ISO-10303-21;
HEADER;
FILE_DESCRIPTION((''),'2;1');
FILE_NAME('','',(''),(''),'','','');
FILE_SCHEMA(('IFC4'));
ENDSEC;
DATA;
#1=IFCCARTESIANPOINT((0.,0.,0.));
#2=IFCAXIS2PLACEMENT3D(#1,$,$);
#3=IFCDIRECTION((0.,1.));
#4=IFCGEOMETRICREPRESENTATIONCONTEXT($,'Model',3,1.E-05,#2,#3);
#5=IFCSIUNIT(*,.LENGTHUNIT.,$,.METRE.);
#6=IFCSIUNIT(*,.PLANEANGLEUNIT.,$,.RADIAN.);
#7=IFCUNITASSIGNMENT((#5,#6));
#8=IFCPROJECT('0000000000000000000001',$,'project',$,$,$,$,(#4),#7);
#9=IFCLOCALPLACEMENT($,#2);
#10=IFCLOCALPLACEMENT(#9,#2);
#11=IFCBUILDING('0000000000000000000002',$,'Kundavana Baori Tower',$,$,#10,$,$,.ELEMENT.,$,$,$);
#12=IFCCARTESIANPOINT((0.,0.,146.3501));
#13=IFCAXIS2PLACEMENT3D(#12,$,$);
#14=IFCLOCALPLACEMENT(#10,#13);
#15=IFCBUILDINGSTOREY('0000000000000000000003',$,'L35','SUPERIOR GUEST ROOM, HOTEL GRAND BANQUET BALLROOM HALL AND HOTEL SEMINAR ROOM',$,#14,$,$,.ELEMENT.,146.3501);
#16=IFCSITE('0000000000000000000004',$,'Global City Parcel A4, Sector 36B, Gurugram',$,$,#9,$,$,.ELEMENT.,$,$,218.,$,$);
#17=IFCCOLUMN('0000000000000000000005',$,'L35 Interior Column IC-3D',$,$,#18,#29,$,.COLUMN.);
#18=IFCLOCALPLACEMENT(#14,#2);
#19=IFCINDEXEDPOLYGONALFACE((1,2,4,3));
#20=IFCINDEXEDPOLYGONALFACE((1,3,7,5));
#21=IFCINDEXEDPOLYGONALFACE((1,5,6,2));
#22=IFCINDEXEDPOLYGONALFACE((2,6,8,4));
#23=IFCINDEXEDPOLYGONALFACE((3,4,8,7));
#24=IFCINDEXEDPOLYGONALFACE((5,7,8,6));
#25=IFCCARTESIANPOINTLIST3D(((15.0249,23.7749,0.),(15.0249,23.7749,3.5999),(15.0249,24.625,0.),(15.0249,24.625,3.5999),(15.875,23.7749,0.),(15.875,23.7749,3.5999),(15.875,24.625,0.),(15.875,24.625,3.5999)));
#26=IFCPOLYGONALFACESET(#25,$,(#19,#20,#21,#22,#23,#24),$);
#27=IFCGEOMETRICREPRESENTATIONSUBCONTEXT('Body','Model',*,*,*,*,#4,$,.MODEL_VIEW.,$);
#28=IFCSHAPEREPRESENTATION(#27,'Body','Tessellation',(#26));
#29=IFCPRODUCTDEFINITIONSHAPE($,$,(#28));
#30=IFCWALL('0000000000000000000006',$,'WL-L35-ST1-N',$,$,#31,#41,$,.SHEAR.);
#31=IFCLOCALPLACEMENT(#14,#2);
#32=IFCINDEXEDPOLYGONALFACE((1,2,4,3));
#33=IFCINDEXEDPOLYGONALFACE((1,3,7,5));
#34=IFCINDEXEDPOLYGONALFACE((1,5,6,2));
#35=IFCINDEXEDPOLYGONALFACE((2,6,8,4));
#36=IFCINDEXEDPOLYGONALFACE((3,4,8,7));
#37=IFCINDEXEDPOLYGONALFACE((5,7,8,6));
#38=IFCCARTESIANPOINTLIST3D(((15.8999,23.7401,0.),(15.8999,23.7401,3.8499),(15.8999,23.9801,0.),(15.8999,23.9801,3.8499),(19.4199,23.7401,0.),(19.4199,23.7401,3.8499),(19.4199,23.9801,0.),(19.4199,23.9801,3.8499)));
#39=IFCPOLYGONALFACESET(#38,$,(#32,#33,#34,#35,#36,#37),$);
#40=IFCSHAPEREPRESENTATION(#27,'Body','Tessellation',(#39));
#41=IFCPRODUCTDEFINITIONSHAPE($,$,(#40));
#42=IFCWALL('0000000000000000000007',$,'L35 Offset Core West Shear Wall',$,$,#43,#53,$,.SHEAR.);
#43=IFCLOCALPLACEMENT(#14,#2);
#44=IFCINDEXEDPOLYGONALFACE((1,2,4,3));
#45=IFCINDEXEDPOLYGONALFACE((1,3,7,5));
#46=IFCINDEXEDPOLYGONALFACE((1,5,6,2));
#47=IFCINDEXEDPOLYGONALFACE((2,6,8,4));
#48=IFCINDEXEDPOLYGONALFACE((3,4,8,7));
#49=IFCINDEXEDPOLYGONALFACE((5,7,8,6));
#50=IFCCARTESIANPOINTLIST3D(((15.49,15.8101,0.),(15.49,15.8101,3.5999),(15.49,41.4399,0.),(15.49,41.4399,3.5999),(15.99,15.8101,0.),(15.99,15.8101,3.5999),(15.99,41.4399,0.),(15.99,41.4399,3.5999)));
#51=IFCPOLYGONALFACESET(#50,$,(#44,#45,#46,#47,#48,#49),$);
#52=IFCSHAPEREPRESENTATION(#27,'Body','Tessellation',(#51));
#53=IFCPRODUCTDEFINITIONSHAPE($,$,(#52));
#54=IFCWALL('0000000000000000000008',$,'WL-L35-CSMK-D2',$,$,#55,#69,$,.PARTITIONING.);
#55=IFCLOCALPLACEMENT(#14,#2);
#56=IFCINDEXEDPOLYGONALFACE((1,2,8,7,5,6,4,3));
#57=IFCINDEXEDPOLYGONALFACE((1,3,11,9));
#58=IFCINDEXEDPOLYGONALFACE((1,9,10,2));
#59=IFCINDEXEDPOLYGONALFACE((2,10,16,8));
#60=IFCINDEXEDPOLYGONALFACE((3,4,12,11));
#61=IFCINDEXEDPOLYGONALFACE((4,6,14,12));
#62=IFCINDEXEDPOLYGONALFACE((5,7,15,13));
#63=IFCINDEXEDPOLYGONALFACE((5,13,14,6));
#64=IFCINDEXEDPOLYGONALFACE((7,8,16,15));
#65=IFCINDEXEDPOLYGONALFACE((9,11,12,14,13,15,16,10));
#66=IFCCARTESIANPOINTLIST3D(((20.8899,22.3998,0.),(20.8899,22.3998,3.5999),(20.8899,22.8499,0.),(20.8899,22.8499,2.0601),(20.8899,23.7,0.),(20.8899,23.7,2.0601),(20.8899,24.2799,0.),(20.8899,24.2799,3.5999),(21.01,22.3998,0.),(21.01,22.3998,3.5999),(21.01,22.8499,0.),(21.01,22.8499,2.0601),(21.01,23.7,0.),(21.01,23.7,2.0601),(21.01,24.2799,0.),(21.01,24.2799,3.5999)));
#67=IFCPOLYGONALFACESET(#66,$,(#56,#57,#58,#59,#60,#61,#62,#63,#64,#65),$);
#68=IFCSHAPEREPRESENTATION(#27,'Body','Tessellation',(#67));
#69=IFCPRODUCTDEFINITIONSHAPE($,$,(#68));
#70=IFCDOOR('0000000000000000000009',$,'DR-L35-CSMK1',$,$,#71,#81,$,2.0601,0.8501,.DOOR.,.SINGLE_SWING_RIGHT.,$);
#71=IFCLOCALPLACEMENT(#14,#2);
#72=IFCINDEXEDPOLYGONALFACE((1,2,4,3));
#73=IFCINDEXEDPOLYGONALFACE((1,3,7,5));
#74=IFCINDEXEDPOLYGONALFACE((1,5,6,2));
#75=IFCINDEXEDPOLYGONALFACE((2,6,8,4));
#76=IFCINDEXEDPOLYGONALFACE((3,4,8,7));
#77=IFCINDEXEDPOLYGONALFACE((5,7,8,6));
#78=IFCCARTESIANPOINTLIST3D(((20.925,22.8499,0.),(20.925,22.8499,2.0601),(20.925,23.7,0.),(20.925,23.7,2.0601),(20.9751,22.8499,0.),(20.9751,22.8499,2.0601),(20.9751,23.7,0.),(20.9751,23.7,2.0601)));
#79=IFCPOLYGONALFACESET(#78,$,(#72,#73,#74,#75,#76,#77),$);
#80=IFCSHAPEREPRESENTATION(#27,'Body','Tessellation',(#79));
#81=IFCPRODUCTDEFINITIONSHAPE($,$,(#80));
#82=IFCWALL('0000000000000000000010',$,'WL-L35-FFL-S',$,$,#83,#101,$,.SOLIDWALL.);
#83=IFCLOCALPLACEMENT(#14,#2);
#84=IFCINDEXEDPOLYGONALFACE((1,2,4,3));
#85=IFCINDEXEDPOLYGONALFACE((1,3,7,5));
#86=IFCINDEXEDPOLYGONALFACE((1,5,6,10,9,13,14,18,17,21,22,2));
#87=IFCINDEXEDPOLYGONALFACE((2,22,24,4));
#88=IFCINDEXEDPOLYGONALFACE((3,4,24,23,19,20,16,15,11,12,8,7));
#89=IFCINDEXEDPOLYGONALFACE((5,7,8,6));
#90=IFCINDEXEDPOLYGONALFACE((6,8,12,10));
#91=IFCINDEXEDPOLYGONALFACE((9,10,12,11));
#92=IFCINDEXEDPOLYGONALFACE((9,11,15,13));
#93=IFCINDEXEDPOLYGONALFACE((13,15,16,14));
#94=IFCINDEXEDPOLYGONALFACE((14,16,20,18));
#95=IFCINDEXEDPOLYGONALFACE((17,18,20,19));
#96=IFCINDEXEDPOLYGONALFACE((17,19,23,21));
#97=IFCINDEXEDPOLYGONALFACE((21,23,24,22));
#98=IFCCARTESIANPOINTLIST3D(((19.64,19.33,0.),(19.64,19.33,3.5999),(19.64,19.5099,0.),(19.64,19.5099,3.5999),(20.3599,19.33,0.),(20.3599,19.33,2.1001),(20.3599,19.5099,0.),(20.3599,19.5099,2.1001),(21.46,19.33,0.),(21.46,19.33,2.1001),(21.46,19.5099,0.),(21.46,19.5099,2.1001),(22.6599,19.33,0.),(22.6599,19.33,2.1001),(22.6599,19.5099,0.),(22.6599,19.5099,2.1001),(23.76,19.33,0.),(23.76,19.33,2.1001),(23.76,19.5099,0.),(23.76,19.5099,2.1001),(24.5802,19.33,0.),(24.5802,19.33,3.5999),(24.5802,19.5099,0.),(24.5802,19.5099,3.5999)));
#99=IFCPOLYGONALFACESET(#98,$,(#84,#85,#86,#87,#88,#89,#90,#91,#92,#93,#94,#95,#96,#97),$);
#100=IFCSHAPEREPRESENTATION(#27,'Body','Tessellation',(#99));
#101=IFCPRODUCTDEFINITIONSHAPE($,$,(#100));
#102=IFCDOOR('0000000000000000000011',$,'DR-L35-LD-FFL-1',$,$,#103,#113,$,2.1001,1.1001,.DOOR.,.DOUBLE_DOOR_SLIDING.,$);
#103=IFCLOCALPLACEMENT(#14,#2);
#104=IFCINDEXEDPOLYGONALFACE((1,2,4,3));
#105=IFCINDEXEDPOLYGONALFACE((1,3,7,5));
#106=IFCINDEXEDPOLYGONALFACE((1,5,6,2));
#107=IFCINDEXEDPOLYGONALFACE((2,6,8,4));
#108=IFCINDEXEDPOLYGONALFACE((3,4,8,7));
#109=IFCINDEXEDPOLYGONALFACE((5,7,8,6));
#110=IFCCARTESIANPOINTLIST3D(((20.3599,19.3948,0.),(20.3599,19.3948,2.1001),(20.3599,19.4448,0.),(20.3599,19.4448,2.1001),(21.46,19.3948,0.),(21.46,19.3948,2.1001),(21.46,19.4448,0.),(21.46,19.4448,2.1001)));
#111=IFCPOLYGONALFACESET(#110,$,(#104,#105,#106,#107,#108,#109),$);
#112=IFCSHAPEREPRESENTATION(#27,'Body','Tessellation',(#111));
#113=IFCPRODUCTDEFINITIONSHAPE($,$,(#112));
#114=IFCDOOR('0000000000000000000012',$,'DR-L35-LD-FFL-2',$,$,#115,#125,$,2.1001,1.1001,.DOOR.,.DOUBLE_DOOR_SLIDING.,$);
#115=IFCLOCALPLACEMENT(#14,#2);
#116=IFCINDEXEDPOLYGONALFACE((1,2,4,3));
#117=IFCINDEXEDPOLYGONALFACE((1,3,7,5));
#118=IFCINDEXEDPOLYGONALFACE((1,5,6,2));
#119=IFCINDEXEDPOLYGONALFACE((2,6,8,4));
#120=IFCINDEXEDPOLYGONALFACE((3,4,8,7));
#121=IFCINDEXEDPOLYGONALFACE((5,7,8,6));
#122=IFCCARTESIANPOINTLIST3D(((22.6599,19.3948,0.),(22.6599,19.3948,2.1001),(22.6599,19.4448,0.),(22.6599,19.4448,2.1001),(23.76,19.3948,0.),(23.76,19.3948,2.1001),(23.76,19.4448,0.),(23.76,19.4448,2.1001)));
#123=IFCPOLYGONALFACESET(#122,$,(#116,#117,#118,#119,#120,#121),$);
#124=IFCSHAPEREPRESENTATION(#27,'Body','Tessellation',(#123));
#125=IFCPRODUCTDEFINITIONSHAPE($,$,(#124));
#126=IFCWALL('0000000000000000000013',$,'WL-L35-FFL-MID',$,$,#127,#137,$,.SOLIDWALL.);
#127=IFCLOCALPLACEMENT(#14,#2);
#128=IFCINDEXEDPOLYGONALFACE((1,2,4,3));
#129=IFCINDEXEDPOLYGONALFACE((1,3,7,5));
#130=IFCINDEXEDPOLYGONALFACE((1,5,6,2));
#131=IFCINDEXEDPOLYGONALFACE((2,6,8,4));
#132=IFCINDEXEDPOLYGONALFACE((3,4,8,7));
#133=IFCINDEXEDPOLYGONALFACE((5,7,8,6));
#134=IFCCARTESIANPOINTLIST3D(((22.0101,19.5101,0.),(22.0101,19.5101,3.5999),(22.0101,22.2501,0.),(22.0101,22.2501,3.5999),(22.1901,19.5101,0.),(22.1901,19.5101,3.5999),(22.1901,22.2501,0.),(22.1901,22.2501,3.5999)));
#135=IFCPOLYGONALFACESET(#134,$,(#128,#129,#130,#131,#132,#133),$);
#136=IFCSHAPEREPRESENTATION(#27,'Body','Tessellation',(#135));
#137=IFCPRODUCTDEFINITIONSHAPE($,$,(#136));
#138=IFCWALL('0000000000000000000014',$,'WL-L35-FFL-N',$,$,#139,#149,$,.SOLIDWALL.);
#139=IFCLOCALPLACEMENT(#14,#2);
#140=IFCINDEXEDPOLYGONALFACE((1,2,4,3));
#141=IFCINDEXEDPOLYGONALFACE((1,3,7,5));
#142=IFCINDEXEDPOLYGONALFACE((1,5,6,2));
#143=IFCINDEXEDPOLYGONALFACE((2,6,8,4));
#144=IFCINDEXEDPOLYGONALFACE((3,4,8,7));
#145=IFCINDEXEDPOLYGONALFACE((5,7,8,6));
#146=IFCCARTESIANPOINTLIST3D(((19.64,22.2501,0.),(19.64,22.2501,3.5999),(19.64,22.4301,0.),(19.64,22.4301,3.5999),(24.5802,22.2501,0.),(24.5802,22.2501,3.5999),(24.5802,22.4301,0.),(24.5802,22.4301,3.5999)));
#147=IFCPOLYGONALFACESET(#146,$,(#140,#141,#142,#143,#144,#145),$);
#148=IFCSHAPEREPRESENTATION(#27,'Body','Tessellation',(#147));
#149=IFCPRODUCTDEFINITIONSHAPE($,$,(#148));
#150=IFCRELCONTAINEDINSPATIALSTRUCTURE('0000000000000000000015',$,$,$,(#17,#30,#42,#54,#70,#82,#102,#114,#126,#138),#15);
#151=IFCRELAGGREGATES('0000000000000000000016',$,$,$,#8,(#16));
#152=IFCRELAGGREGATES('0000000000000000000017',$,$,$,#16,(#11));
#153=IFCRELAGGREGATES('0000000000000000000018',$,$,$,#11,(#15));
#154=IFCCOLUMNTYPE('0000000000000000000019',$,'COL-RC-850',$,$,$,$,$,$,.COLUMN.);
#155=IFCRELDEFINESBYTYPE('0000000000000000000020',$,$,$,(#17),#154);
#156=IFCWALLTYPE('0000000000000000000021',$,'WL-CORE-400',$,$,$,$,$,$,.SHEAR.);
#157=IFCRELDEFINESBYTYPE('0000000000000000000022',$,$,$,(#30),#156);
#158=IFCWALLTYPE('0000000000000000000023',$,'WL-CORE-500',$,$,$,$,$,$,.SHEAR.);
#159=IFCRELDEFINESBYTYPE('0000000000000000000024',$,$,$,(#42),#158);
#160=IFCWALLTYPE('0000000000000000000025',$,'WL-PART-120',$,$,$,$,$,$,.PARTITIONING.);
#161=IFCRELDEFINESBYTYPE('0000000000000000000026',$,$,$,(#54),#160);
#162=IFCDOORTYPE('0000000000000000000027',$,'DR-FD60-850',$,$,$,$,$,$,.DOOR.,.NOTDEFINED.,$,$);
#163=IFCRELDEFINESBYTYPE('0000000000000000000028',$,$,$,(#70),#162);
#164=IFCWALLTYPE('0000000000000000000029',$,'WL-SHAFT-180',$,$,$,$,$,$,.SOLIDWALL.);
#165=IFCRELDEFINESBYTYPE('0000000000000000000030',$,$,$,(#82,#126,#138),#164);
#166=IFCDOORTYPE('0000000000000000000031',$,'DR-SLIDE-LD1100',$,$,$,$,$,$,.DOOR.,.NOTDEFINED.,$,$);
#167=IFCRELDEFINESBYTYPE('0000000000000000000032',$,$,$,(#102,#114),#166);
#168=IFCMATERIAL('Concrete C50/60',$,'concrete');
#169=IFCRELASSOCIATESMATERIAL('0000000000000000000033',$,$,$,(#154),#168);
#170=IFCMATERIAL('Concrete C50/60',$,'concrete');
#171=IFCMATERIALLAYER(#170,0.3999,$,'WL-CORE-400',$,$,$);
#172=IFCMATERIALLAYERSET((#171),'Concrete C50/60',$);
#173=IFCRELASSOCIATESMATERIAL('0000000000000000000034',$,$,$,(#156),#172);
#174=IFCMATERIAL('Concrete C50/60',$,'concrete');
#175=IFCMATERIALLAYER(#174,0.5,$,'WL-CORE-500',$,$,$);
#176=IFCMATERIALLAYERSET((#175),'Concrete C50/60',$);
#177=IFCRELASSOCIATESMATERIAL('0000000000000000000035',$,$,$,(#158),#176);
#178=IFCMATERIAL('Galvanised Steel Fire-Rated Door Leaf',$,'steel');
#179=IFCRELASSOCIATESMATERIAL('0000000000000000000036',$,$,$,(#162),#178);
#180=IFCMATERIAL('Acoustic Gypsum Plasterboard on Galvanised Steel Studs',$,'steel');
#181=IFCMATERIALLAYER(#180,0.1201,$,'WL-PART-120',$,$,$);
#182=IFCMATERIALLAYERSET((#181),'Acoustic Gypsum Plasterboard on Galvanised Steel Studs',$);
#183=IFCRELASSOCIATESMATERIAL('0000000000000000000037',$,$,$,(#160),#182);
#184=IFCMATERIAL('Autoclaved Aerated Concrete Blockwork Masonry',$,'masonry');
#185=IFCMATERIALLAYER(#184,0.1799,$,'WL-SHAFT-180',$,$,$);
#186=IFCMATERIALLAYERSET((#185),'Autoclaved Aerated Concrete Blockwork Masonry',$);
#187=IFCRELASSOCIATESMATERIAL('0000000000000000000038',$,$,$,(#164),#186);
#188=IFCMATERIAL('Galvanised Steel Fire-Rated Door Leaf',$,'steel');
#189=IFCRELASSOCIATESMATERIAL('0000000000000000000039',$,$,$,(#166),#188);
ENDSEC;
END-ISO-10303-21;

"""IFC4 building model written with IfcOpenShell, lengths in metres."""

from ifc_helpers import new_model, si_unit, direction, frame, frame_2d, origin, origin_2d, place, context, subcontext, project, spatial, rectangle, extrude, material, layer, layer_set, material_profile, profile_set, type_object, element, fill, save


model = new_model("IFC4")

# Units and contexts
model_context = context("Model", 3, precision=1e-05, world=origin(), true_north=direction((0.0, 1.0)))
body_context = subcontext(model_context, "Body", "Model", "MODEL_VIEW")
ifc_project = project(units=[si_unit("LENGTHUNIT", "METRE"), si_unit("PLANEANGLEUNIT", "RADIAN")], contexts=[model_context])

# Site, building, storey
site_placement = place(None, origin())
site = spatial("IfcSite", under=ifc_project, at=site_placement, Name="Global City Parcel A4, Sector 36B, Gurugram", CompositionType="ELEMENT", RefElevation=218.0)
building_placement = place(site_placement, origin())
building = spatial("IfcBuilding", under=site, at=building_placement, Name="Kundavana Baori Tower", CompositionType="ELEMENT")
storey_placement = place(building_placement, frame((0.0, 0.0, 146.3501)))
storey = spatial("IfcBuildingStorey", under=building, at=storey_placement, Name="L35", Description="SUPERIOR GUEST ROOM, HOTEL GRAND BANQUET BALLROOM HALL AND HOTEL SEMINAR ROOM", CompositionType="ELEMENT", Elevation=146.3501)

# Column
ifc_material_1 = material(Name="Concrete C50/60", Category="concrete")
ifc_material_profile = material_profile(ifc_material_1, rectangle(XDim=0.8501, YDim=0.8501, at=origin_2d()), Name="RC 850x850")
ifc_profile_set = profile_set([ifc_material_profile], Name="Concrete C50/60")
column_type = type_object("IfcColumnType", Name="COL-RC-850", PredefinedType="COLUMN", material=ifc_profile_set)
column_placement = place(storey_placement, frame((15.45, 24.2, 0.0), z_axis=(0.0, 0.0, 1.0), x_axis=(1.0, 0.0, 0.0)))
element("IfcColumn", 1, at=column_placement, inside=storey, type_object=column_type, Name="L35 Interior Column IC-3D", PredefinedType="COLUMN", context=body_context, shape_type="SweptSolid", body=[
    extrude(rectangle(XDim=0.8501, YDim=0.8501, at=origin_2d()), origin(), (0.0, 0.0, 1.0), 3.5999),
])

# Walls
ifc_material_2 = material(Name="Concrete C50/60", Category="concrete")
ifc_layer_1 = layer(ifc_material_2, 0.3999, Name="WL-CORE-400")
ifc_layer_set_1 = layer_set([ifc_layer_1], Name="Concrete C50/60")
wall_type_1 = type_object("IfcWallType", Name="WL-CORE-400", PredefinedType="SHEAR", material=ifc_layer_set_1)
wall_1_placement = place(storey_placement, frame((15.8999, 23.8601, 0.0), z_axis=(0.0, 0.0, 1.0), x_axis=(1.0, 0.0, 0.0)))
element("IfcWall", 2, at=wall_1_placement, inside=storey, type_object=wall_type_1, Name="WL-L35-ST1-N", PredefinedType="SHEAR", context=body_context, shape_type="SweptSolid", body=[
    extrude(rectangle(XDim=3.52, YDim=0.24, at=frame_2d((1.76, 0.0))), origin(), (0.0, 0.0, 1.0), 3.8499),
])
ifc_material_3 = material(Name="Concrete C50/60", Category="concrete")
ifc_layer_2 = layer(ifc_material_3, 0.5, Name="WL-CORE-500")
ifc_layer_set_2 = layer_set([ifc_layer_2], Name="Concrete C50/60")
wall_type_2 = type_object("IfcWallType", Name="WL-CORE-500", PredefinedType="SHEAR", material=ifc_layer_set_2)
wall_2_placement = place(storey_placement, frame((15.74, 15.8101, 0.0), z_axis=(0.0, 0.0, 1.0), x_axis=(0.0, 1.0, 0.0)))
element("IfcWall", 3, at=wall_2_placement, inside=storey, type_object=wall_type_2, Name="L35 Offset Core West Shear Wall", PredefinedType="SHEAR", context=body_context, shape_type="SweptSolid", body=[
    extrude(rectangle(XDim=25.6299, YDim=0.5, at=frame_2d((12.8149, 0.0))), origin(), (0.0, 0.0, 1.0), 3.5999),
])

# Shared definitions
ifc_material_4 = material(Name="Galvanised Steel Fire-Rated Door Leaf", Category="steel")
door_type_1 = type_object("IfcDoorType", Name="DR-FD60-850", OperationType="NOTDEFINED", PredefinedType="DOOR", material=ifc_material_4)

# Wall, opening, door
ifc_material_5 = material(Name="Acoustic Gypsum Plasterboard on Galvanised Steel Studs", Category="steel")
ifc_layer_3 = layer(ifc_material_5, 0.1201, Name="WL-PART-120")
ifc_layer_set_3 = layer_set([ifc_layer_3], Name="Acoustic Gypsum Plasterboard on Galvanised Steel Studs")
wall_type_3 = type_object("IfcWallType", Name="WL-PART-120", PredefinedType="PARTITIONING", material=ifc_layer_set_3)
wall_3_placement = place(storey_placement, frame((20.95, 22.3999, 0.0), z_axis=(0.0, 0.0, 1.0), x_axis=(0.0, 1.0, 0.0)))
wall_3 = element("IfcWall", 4, at=wall_3_placement, inside=storey, type_object=wall_type_3, Name="WL-L35-CSMK-D2", PredefinedType="PARTITIONING", context=body_context, shape_type="SweptSolid", body=[
    extrude(rectangle(XDim=1.8801, YDim=0.1201, at=frame_2d((0.9399, 0.0))), origin(), (0.0, 0.0, 1.0), 3.5999),
])
opening_1_placement = place(wall_3_placement, frame((0.45, 0.0, 0.0)))
opening_1 = element("IfcOpeningElement", 5, at=opening_1_placement, cuts=wall_3, PredefinedType="OPENING", context=body_context, shape_type="SweptSolid", body=[
    extrude(rectangle(XDim=0.8501, YDim=2.0601, at=frame_2d((0.425, 1.03))), frame((0.0, 0.0701, 0.0), z_axis=(0.0, -1.0, 0.0), x_axis=(1.0, 0.0, 0.0)), (0.0, 0.0, 1.0), 0.1401),
])
door_1_placement = place(opening_1_placement, origin())
door_1 = element("IfcDoor", 6, at=door_1_placement, inside=storey, type_object=door_type_1, Name="DR-L35-CSMK1", OperationType="SINGLE_SWING_RIGHT", OverallHeight=2.0601, OverallWidth=0.8501, PredefinedType="DOOR", context=body_context, shape_type="SweptSolid", body=[
    extrude(rectangle(XDim=0.8501, YDim=2.0601, at=frame_2d((0.425, 1.03))), frame((0.0, 0.0249, 0.0), z_axis=(0.0, -1.0, 0.0), x_axis=(1.0, 0.0, 0.0)), (0.0, 0.0, 1.0), 0.05),
])
fill(opening_1, door_1)

# Wall, openings, doors
ifc_material_6 = material(Name="Autoclaved Aerated Concrete Blockwork Masonry", Category="masonry")
ifc_layer_4 = layer(ifc_material_6, 0.1799, Name="WL-SHAFT-180")
ifc_layer_set_4 = layer_set([ifc_layer_4], Name="Autoclaved Aerated Concrete Blockwork Masonry")
wall_type_4 = type_object("IfcWallType", Name="WL-SHAFT-180", PredefinedType="SOLIDWALL", material=ifc_layer_set_4)
wall_4_placement = place(storey_placement, frame((19.6399, 19.4199, 0.0), z_axis=(0.0, 0.0, 1.0), x_axis=(1.0, 0.0, 0.0)))
wall_4 = element("IfcWall", 7, at=wall_4_placement, inside=storey, type_object=wall_type_4, Name="WL-L35-FFL-S", PredefinedType="SOLIDWALL", context=body_context, shape_type="SweptSolid", body=[
    extrude(rectangle(XDim=4.9402, YDim=0.1799, at=frame_2d((2.4702, 0.0))), origin(), (0.0, 0.0, 1.0), 3.5999),
])
opening_2_placement = place(wall_4_placement, frame((0.72, 0.0, 0.0)))
opening_2 = element("IfcOpeningElement", 8, at=opening_2_placement, cuts=wall_4, PredefinedType="OPENING", context=body_context, shape_type="SweptSolid", body=[
    extrude(rectangle(XDim=1.1001, YDim=2.1001, at=frame_2d((0.55, 1.05))), frame((0.0, 0.1001, 0.0), z_axis=(0.0, -1.0, 0.0), x_axis=(1.0, 0.0, 0.0)), (0.0, 0.0, 1.0), 0.2),
])
opening_3_placement = place(wall_4_placement, frame((3.02, 0.0, 0.0)))
opening_3 = element("IfcOpeningElement", 9, at=opening_3_placement, cuts=wall_4, PredefinedType="OPENING", context=body_context, shape_type="SweptSolid", body=[
    extrude(rectangle(XDim=1.1001, YDim=2.1001, at=frame_2d((0.55, 1.05))), frame((0.0, 0.1001, 0.0), z_axis=(0.0, -1.0, 0.0), x_axis=(1.0, 0.0, 0.0)), (0.0, 0.0, 1.0), 0.2),
])
ifc_material_7 = material(Name="Galvanised Steel Fire-Rated Door Leaf", Category="steel")
door_type_2 = type_object("IfcDoorType", Name="DR-SLIDE-LD1100", OperationType="NOTDEFINED", PredefinedType="DOOR", material=ifc_material_7)
door_2_placement = place(opening_2_placement, origin())
door_2 = element("IfcDoor", 10, at=door_2_placement, inside=storey, type_object=door_type_2, Name="DR-L35-LD-FFL-1", OperationType="DOUBLE_DOOR_SLIDING", OverallHeight=2.1001, OverallWidth=1.1001, PredefinedType="DOOR", context=body_context, shape_type="SweptSolid", body=[
    extrude(rectangle(XDim=1.1001, YDim=2.1001, at=frame_2d((0.55, 1.05))), frame((0.0, 0.0249, 0.0), z_axis=(0.0, -1.0, 0.0), x_axis=(1.0, 0.0, 0.0)), (0.0, 0.0, 1.0), 0.05),
])
fill(opening_2, door_2)
door_3_placement = place(opening_3_placement, origin())
door_3 = element("IfcDoor", 11, at=door_3_placement, inside=storey, type_object=door_type_2, Name="DR-L35-LD-FFL-2", OperationType="DOUBLE_DOOR_SLIDING", OverallHeight=2.1001, OverallWidth=1.1001, PredefinedType="DOOR", context=body_context, shape_type="SweptSolid", body=[
    extrude(rectangle(XDim=1.1001, YDim=2.1001, at=frame_2d((0.55, 1.05))), frame((0.0, 0.0249, 0.0), z_axis=(0.0, -1.0, 0.0), x_axis=(1.0, 0.0, 0.0)), (0.0, 0.0, 1.0), 0.05),
])
fill(opening_3, door_3)

# Walls
wall_5_placement = place(storey_placement, frame((22.1001, 19.51, 0.0), z_axis=(0.0, 0.0, 1.0), x_axis=(0.0, 1.0, 0.0)))
element("IfcWall", 12, at=wall_5_placement, inside=storey, type_object=wall_type_4, Name="WL-L35-FFL-MID", PredefinedType="SOLIDWALL", context=body_context, shape_type="SweptSolid", body=[
    extrude(rectangle(XDim=2.74, YDim=0.1799, at=frame_2d((1.3701, 0.0))), origin(), (0.0, 0.0, 1.0), 3.5999),
])
wall_6_placement = place(storey_placement, frame((19.6399, 22.3401, 0.0), z_axis=(0.0, 0.0, 1.0), x_axis=(1.0, 0.0, 0.0)))
element("IfcWall", 13, at=wall_6_placement, inside=storey, type_object=wall_type_4, Name="WL-L35-FFL-N", PredefinedType="SOLIDWALL", context=body_context, shape_type="SweptSolid", body=[
    extrude(rectangle(XDim=4.9402, YDim=0.1799, at=frame_2d((2.4702, 0.0))), origin(), (0.0, 0.0, 1.0), 3.5999),
])

save(model, "model.ifc")
